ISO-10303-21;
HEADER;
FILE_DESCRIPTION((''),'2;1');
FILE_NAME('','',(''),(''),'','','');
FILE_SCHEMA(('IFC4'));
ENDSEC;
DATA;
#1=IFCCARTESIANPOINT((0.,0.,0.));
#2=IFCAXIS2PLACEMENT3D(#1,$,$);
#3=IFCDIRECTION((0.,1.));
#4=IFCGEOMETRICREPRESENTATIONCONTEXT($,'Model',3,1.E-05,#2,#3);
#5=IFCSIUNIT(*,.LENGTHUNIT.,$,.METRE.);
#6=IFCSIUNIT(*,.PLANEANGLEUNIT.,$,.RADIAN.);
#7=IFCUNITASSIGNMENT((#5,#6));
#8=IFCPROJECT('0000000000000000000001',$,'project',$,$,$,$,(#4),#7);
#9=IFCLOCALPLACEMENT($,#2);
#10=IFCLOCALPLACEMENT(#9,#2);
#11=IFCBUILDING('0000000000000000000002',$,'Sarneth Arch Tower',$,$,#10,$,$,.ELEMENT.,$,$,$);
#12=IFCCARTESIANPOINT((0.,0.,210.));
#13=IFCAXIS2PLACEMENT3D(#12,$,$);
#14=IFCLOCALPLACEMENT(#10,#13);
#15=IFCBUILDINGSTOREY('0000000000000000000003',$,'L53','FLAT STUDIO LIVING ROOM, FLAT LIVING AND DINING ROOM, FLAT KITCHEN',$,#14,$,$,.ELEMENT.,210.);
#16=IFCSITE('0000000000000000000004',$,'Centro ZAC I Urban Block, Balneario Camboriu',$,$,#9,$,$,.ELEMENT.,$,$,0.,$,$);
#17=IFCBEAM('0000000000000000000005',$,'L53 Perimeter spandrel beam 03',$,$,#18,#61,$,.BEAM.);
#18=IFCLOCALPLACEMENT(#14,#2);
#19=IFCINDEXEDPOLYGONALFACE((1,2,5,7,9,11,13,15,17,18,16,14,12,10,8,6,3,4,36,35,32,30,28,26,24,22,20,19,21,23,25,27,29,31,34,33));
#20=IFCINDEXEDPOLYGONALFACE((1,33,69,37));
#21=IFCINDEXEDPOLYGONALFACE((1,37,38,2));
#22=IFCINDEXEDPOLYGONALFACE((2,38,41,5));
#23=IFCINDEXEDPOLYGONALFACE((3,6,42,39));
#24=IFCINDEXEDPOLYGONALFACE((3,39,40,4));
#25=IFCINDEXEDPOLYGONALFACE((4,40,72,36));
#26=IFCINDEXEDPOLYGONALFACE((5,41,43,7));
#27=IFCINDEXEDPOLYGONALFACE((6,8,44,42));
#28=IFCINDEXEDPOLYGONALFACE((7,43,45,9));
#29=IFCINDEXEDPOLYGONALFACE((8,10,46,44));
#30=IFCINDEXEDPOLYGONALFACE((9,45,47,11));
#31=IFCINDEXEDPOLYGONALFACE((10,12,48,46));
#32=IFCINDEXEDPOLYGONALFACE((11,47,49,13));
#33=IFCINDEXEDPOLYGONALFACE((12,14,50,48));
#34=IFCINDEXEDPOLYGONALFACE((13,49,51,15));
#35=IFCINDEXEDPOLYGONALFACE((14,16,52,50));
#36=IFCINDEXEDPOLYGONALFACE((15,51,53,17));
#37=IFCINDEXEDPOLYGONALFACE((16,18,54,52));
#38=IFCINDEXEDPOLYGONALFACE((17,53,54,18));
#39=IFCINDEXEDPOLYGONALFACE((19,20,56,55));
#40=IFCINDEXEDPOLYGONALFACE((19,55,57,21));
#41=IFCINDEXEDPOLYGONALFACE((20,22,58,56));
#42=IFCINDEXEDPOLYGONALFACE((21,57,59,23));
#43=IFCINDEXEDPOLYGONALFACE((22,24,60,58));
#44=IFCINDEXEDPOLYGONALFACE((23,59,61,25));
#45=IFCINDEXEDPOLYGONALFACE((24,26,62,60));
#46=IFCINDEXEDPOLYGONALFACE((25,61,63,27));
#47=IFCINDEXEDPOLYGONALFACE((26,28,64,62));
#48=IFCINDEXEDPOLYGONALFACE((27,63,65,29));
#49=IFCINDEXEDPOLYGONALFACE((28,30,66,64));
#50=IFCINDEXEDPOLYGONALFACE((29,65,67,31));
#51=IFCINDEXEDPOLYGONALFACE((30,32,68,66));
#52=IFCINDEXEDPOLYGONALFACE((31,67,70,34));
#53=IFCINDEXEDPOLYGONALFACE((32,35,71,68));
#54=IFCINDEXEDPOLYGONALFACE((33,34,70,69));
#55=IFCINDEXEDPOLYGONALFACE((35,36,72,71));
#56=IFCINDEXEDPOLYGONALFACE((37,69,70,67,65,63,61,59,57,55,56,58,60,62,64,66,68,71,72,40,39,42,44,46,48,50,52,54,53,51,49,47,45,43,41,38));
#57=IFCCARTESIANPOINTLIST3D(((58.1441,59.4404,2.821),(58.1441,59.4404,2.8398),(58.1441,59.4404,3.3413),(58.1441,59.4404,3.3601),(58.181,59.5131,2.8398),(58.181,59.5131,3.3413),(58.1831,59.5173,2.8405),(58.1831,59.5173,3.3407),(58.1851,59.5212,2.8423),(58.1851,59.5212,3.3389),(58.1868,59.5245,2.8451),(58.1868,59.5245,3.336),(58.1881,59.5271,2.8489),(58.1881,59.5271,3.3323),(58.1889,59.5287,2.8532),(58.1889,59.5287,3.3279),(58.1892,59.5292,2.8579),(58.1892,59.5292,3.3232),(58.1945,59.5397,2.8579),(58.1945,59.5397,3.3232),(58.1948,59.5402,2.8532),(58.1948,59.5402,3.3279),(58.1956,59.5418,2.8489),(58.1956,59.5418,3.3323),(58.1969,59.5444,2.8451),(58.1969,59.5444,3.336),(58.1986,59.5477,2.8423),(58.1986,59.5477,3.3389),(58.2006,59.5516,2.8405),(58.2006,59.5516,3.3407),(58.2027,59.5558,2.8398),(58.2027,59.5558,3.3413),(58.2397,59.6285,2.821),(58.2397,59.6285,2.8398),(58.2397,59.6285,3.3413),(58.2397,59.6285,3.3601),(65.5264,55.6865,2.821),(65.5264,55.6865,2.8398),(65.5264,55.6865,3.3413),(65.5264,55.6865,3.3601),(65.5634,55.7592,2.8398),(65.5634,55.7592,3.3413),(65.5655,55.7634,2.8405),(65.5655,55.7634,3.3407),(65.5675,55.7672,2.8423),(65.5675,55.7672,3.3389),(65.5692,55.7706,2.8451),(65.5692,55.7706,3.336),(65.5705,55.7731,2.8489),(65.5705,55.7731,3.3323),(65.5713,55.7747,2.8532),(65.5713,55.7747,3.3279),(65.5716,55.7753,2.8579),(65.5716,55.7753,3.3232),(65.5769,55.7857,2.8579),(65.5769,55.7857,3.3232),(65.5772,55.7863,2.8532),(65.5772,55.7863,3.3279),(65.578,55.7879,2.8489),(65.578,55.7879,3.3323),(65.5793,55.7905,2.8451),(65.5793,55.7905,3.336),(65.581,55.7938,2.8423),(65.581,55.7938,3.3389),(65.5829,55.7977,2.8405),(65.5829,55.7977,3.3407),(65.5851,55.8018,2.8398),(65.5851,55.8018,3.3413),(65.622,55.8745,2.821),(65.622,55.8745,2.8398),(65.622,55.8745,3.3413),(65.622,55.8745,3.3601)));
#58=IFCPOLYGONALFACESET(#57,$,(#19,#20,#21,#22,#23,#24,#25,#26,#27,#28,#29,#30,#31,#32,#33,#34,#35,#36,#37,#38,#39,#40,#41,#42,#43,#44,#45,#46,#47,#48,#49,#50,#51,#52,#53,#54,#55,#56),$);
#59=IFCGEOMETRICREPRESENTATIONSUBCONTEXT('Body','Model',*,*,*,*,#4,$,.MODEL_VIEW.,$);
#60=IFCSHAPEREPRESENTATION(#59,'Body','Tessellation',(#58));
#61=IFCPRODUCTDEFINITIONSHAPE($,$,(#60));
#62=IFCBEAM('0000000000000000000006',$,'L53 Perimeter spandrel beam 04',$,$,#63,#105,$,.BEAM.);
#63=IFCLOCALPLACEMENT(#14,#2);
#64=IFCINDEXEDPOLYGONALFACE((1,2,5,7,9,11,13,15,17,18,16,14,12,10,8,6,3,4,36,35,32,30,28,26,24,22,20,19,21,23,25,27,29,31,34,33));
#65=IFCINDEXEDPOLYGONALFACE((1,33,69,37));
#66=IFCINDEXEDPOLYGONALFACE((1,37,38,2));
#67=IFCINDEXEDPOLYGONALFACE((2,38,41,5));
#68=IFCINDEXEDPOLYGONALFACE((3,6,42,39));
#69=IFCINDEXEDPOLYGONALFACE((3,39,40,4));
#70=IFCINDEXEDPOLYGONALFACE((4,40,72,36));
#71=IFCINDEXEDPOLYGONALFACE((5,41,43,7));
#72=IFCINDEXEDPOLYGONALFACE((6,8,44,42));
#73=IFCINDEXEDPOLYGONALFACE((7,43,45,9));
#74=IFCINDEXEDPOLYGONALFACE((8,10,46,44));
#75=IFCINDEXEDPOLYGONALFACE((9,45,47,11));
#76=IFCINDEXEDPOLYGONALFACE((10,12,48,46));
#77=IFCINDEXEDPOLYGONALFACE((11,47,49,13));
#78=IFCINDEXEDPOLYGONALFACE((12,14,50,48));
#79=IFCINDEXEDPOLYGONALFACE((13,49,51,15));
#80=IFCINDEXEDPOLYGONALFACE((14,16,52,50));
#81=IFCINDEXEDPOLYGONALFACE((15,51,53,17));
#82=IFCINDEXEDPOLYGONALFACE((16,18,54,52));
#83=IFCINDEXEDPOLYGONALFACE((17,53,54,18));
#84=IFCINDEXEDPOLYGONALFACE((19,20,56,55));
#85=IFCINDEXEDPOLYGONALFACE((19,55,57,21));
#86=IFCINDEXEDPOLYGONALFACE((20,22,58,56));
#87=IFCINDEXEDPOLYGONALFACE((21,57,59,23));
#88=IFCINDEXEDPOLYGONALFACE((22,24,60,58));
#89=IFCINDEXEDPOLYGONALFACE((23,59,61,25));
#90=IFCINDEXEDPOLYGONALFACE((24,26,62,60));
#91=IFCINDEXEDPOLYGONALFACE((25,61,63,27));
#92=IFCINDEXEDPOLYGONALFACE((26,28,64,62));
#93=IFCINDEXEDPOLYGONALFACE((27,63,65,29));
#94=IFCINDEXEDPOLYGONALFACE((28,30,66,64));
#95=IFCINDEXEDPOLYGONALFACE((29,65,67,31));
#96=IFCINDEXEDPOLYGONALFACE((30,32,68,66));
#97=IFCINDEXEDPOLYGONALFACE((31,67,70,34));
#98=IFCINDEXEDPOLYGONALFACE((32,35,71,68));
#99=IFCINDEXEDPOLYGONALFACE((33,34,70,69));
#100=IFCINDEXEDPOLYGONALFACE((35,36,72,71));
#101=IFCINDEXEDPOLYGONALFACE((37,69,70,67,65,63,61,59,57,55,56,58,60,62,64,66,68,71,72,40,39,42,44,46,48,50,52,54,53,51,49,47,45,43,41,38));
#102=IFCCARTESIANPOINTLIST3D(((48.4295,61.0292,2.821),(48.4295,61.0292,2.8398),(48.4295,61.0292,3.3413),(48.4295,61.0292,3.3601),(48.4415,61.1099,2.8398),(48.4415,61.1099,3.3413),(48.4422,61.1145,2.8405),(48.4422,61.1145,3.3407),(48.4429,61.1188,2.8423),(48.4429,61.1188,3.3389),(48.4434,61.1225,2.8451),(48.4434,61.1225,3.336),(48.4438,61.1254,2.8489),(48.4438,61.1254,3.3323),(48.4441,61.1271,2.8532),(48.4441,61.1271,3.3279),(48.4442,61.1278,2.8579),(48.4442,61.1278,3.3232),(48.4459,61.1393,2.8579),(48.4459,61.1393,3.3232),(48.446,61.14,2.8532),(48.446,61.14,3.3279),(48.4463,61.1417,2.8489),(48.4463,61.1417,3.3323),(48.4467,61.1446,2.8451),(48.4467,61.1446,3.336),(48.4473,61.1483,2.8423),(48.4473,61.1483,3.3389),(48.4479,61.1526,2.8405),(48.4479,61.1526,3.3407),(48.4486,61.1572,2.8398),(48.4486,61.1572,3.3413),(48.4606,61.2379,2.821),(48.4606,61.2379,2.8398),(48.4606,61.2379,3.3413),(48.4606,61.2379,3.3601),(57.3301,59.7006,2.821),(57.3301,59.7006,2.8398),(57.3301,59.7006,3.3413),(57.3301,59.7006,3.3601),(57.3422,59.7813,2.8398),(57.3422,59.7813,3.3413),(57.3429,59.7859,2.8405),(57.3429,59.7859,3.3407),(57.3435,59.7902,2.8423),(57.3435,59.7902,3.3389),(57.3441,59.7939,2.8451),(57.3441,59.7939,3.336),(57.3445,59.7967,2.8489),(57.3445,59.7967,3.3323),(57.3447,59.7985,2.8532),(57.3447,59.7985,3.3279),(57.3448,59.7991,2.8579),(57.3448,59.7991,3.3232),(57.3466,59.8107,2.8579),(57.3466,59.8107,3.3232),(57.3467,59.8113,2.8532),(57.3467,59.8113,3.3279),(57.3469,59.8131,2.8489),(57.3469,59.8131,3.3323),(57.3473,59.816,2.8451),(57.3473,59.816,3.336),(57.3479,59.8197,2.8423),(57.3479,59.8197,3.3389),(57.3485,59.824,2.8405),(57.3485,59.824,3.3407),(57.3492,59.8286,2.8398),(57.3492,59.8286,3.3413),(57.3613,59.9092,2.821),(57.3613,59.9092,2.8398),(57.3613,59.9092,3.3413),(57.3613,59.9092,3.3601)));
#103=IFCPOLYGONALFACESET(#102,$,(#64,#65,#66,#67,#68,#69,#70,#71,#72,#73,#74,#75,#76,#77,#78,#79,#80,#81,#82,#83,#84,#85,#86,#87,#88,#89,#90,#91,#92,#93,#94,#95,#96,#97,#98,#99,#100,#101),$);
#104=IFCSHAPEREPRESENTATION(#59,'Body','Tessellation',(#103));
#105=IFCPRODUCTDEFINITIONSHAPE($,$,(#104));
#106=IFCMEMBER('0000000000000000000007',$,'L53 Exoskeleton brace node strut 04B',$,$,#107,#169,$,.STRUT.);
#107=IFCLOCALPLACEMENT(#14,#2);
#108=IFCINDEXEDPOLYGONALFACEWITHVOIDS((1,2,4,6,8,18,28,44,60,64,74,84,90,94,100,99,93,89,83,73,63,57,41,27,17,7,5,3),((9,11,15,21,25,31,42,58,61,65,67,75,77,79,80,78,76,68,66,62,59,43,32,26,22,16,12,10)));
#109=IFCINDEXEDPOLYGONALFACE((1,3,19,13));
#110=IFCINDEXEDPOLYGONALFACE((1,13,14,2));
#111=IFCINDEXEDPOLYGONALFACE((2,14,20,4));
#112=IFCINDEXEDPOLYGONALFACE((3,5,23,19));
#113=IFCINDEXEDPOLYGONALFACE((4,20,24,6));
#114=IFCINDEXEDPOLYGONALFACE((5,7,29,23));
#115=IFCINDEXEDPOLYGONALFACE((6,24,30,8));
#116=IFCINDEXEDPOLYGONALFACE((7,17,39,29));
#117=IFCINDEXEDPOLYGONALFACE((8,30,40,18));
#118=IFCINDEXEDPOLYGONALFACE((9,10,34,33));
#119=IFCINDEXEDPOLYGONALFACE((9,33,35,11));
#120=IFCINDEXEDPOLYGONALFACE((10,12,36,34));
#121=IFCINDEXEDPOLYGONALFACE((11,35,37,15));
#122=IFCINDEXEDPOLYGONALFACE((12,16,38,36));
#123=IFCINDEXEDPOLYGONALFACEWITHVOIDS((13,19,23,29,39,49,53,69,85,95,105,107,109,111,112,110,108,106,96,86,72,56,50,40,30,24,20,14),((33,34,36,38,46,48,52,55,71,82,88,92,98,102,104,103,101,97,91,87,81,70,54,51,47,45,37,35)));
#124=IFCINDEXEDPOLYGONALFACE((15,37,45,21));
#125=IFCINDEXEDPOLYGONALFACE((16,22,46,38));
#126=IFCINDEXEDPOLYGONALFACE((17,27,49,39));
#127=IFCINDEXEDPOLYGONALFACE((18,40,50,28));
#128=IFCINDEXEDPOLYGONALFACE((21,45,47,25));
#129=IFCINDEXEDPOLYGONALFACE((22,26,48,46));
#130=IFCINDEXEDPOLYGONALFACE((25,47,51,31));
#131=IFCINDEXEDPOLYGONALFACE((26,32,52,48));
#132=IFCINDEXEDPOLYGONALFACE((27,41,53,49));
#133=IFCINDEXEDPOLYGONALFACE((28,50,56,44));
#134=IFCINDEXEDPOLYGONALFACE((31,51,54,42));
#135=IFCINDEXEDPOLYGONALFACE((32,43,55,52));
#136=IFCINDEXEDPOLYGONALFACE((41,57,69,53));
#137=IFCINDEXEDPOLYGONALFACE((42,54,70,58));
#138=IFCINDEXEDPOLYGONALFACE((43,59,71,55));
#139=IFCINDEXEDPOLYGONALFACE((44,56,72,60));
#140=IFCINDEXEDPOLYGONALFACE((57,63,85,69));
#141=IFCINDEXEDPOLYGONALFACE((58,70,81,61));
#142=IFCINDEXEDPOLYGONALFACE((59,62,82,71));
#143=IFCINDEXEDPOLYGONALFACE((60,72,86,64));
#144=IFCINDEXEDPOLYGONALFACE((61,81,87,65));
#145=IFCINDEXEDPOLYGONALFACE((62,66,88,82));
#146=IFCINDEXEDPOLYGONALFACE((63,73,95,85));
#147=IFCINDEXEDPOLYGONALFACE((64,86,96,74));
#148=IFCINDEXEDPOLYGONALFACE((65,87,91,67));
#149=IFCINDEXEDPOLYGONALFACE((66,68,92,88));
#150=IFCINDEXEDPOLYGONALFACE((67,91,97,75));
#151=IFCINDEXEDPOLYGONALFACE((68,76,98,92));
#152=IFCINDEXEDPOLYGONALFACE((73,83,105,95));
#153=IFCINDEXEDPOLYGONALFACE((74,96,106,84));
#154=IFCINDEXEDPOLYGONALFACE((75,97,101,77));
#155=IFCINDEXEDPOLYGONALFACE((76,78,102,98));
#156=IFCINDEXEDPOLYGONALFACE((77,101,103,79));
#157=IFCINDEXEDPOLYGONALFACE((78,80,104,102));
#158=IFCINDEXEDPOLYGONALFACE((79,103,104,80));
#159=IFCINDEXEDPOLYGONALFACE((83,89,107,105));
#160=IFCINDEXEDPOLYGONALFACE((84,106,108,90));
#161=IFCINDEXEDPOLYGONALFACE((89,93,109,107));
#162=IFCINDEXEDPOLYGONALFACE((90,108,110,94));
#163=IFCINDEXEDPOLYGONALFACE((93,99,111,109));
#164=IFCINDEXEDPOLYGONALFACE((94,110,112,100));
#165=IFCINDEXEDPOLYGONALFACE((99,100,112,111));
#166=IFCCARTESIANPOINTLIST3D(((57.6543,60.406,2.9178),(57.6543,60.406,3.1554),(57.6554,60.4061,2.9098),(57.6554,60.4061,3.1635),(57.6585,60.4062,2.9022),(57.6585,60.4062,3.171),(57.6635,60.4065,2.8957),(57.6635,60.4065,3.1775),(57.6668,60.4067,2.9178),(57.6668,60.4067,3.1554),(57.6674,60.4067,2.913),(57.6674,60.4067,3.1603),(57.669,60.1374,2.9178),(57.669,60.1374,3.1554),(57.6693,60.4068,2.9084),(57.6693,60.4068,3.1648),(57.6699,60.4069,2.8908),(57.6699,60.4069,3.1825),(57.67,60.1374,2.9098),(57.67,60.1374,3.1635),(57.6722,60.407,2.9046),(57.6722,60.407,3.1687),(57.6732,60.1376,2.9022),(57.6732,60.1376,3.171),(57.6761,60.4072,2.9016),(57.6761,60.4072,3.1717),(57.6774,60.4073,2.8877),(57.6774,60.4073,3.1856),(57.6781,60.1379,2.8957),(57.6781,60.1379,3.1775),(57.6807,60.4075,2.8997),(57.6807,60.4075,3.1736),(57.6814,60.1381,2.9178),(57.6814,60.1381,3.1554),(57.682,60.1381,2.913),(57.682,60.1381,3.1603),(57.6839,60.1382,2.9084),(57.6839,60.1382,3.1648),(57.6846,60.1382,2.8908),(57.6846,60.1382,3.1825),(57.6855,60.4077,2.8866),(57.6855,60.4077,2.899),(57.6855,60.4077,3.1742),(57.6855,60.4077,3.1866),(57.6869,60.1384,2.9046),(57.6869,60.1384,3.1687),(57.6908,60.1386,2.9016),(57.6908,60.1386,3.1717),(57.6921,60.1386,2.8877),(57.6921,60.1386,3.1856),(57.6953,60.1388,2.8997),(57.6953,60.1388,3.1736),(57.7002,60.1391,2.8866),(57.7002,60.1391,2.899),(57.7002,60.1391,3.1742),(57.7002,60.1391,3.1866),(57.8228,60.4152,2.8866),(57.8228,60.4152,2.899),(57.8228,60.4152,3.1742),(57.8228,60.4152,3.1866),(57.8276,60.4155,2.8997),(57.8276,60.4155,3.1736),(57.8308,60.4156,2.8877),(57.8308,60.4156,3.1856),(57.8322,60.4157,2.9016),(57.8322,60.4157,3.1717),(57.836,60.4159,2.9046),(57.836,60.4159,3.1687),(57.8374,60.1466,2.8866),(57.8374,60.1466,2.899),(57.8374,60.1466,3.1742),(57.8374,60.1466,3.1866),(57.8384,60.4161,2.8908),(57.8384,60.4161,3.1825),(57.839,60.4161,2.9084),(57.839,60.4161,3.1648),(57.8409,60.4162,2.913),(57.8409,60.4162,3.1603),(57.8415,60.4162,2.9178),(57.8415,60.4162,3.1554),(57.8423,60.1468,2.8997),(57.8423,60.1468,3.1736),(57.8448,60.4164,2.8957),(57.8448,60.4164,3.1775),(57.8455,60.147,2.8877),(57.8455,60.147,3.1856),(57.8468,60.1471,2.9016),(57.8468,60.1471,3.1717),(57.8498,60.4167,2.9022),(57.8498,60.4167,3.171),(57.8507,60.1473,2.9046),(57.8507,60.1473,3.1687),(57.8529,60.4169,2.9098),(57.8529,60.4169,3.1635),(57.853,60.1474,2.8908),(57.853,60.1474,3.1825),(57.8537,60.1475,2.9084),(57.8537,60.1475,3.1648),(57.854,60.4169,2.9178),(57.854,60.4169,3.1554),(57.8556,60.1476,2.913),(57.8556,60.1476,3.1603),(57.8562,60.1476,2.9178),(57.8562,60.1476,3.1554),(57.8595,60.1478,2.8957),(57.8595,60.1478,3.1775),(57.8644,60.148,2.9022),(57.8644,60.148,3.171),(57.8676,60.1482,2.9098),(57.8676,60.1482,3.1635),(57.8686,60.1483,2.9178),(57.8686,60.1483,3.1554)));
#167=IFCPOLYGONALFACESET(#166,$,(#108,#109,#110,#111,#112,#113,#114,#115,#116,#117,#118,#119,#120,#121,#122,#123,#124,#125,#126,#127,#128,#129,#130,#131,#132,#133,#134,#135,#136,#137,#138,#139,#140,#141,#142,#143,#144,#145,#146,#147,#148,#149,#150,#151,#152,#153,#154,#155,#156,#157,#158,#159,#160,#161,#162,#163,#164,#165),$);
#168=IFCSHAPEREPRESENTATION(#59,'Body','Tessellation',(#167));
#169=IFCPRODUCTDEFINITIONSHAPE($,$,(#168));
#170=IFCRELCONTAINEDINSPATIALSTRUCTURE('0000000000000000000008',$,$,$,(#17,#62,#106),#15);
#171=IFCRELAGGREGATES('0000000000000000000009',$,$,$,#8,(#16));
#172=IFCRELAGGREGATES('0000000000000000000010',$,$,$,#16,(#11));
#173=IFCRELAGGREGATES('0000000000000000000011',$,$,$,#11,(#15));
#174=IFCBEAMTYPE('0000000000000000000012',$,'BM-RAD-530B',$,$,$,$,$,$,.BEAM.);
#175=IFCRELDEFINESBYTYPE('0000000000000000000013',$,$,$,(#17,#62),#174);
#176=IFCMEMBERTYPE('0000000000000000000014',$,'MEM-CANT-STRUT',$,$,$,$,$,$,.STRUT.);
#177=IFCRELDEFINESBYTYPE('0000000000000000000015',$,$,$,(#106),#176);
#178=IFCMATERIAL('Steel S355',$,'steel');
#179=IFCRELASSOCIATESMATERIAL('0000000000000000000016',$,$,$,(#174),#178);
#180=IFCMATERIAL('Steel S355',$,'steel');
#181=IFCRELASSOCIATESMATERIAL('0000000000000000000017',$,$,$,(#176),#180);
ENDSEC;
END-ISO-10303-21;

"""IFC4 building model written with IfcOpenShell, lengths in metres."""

from ifc_helpers import new_model, si_unit, direction, frame, origin, origin_2d, place, context, subcontext, project, spatial, hollow_rectangle, i_section, extrude, material, material_profile, profile_set, type_object, element, save


model = new_model("IFC4")

# Units and contexts
model_context = context("Model", 3, precision=1e-05, world=origin(), true_north=direction((0.0, 1.0)))
body_context = subcontext(model_context, "Body", "Model", "MODEL_VIEW")
ifc_project = project(units=[si_unit("LENGTHUNIT", "METRE"), si_unit("PLANEANGLEUNIT", "RADIAN")], contexts=[model_context])

# Site, building, storey
site_placement = place(None, origin())
site = spatial("IfcSite", under=ifc_project, at=site_placement, Name="Centro ZAC I Urban Block, Balneario Camboriu", CompositionType="ELEMENT", RefElevation=0.0)
building_placement = place(site_placement, origin())
building = spatial("IfcBuilding", under=site, at=building_placement, Name="Sarneth Arch Tower", CompositionType="ELEMENT")
storey_placement = place(building_placement, frame((0.0, 0.0, 210.0)))
storey = spatial("IfcBuildingStorey", under=building, at=storey_placement, Name="L53", Description="FLAT STUDIO LIVING ROOM, FLAT LIVING AND DINING ROOM, FLAT KITCHEN", CompositionType="ELEMENT", Elevation=210.0)

# Beams
ifc_material_1 = material(Name="Steel S355", Category="steel")
ifc_material_profile_1 = material_profile(ifc_material_1, i_section(OverallWidth=0.2109, OverallDepth=0.5391, WebThickness=0.0117, FlangeThickness=0.0188, FilletRadius=0.0181, at=origin_2d()), Name="W530x109")
ifc_profile_set_1 = profile_set([ifc_material_profile_1], Name="Steel S355")
beam_type_1 = type_object("IfcBeamType", Name="BM-RAD-530B", PredefinedType="BEAM", material=ifc_profile_set_1)
beam_1_placement = place(storey_placement, frame((65.5742, 55.7805, 3.0906), z_axis=(-0.891376, 0.453264, 0.0), x_axis=(-0.453264, -0.891376, 0.0)))
element("IfcBeam", 1, at=beam_1_placement, inside=storey, type_object=beam_type_1, Name="L53 Perimeter spandrel beam 03", PredefinedType="BEAM", context=body_context, shape_type="SweptSolid", body=[
    extrude(i_section(OverallWidth=0.2109, OverallDepth=0.5391, WebThickness=0.0117, FlangeThickness=0.0188, FilletRadius=0.0181, at=origin_2d()), origin(), (0.0, 0.0, 1.0), 8.282),
])
beam_2_placement = place(storey_placement, frame((57.3457, 59.8049, 3.0906), z_axis=(-0.989042, 0.147636, 0.0), x_axis=(-0.147636, -0.989042, 0.0)))
element("IfcBeam", 2, at=beam_2_placement, inside=storey, type_object=beam_type_1, Name="L53 Perimeter spandrel beam 04", PredefinedType="BEAM", context=body_context, shape_type="SweptSolid", body=[
    extrude(i_section(OverallWidth=0.2109, OverallDepth=0.5391, WebThickness=0.0117, FlangeThickness=0.0188, FilletRadius=0.0181, at=origin_2d()), origin(), (0.0, 0.0, 1.0), 8.9993),
])

# Member
ifc_material_2 = material(Name="Steel S355", Category="steel")
ifc_material_profile_2 = material_profile(ifc_material_2, hollow_rectangle(XDim=0.2, YDim=0.3, WallThickness=0.0125, InnerFilletRadius=0.0188, OuterFilletRadius=0.0312, at=origin_2d()), Name="RHS300x200x12.5")
ifc_profile_set_2 = profile_set([ifc_material_profile_2], Name="Steel S355")
member_type_1 = type_object("IfcMemberType", Name="MEM-CANT-STRUT", PredefinedType="STRUT", material=ifc_profile_set_2)
member_1_placement = place(storey_placement, frame((57.7688, 60.1428, 3.0366), z_axis=(-0.054464, 0.998516, 0.0), x_axis=(-0.998516, -0.054464, 0.0)))
element("IfcMember", 3, at=member_1_placement, inside=storey, type_object=member_type_1, Name="L53 Exoskeleton brace node strut 04B", PredefinedType="STRUT", context=body_context, shape_type="SweptSolid", body=[
    extrude(hollow_rectangle(XDim=0.2, YDim=0.3, WallThickness=0.0125, InnerFilletRadius=0.0188, OuterFilletRadius=0.0312, at=origin_2d()), origin(), (0.0, 0.0, 1.0), 0.269),
])

save(model, "model.ifc")
